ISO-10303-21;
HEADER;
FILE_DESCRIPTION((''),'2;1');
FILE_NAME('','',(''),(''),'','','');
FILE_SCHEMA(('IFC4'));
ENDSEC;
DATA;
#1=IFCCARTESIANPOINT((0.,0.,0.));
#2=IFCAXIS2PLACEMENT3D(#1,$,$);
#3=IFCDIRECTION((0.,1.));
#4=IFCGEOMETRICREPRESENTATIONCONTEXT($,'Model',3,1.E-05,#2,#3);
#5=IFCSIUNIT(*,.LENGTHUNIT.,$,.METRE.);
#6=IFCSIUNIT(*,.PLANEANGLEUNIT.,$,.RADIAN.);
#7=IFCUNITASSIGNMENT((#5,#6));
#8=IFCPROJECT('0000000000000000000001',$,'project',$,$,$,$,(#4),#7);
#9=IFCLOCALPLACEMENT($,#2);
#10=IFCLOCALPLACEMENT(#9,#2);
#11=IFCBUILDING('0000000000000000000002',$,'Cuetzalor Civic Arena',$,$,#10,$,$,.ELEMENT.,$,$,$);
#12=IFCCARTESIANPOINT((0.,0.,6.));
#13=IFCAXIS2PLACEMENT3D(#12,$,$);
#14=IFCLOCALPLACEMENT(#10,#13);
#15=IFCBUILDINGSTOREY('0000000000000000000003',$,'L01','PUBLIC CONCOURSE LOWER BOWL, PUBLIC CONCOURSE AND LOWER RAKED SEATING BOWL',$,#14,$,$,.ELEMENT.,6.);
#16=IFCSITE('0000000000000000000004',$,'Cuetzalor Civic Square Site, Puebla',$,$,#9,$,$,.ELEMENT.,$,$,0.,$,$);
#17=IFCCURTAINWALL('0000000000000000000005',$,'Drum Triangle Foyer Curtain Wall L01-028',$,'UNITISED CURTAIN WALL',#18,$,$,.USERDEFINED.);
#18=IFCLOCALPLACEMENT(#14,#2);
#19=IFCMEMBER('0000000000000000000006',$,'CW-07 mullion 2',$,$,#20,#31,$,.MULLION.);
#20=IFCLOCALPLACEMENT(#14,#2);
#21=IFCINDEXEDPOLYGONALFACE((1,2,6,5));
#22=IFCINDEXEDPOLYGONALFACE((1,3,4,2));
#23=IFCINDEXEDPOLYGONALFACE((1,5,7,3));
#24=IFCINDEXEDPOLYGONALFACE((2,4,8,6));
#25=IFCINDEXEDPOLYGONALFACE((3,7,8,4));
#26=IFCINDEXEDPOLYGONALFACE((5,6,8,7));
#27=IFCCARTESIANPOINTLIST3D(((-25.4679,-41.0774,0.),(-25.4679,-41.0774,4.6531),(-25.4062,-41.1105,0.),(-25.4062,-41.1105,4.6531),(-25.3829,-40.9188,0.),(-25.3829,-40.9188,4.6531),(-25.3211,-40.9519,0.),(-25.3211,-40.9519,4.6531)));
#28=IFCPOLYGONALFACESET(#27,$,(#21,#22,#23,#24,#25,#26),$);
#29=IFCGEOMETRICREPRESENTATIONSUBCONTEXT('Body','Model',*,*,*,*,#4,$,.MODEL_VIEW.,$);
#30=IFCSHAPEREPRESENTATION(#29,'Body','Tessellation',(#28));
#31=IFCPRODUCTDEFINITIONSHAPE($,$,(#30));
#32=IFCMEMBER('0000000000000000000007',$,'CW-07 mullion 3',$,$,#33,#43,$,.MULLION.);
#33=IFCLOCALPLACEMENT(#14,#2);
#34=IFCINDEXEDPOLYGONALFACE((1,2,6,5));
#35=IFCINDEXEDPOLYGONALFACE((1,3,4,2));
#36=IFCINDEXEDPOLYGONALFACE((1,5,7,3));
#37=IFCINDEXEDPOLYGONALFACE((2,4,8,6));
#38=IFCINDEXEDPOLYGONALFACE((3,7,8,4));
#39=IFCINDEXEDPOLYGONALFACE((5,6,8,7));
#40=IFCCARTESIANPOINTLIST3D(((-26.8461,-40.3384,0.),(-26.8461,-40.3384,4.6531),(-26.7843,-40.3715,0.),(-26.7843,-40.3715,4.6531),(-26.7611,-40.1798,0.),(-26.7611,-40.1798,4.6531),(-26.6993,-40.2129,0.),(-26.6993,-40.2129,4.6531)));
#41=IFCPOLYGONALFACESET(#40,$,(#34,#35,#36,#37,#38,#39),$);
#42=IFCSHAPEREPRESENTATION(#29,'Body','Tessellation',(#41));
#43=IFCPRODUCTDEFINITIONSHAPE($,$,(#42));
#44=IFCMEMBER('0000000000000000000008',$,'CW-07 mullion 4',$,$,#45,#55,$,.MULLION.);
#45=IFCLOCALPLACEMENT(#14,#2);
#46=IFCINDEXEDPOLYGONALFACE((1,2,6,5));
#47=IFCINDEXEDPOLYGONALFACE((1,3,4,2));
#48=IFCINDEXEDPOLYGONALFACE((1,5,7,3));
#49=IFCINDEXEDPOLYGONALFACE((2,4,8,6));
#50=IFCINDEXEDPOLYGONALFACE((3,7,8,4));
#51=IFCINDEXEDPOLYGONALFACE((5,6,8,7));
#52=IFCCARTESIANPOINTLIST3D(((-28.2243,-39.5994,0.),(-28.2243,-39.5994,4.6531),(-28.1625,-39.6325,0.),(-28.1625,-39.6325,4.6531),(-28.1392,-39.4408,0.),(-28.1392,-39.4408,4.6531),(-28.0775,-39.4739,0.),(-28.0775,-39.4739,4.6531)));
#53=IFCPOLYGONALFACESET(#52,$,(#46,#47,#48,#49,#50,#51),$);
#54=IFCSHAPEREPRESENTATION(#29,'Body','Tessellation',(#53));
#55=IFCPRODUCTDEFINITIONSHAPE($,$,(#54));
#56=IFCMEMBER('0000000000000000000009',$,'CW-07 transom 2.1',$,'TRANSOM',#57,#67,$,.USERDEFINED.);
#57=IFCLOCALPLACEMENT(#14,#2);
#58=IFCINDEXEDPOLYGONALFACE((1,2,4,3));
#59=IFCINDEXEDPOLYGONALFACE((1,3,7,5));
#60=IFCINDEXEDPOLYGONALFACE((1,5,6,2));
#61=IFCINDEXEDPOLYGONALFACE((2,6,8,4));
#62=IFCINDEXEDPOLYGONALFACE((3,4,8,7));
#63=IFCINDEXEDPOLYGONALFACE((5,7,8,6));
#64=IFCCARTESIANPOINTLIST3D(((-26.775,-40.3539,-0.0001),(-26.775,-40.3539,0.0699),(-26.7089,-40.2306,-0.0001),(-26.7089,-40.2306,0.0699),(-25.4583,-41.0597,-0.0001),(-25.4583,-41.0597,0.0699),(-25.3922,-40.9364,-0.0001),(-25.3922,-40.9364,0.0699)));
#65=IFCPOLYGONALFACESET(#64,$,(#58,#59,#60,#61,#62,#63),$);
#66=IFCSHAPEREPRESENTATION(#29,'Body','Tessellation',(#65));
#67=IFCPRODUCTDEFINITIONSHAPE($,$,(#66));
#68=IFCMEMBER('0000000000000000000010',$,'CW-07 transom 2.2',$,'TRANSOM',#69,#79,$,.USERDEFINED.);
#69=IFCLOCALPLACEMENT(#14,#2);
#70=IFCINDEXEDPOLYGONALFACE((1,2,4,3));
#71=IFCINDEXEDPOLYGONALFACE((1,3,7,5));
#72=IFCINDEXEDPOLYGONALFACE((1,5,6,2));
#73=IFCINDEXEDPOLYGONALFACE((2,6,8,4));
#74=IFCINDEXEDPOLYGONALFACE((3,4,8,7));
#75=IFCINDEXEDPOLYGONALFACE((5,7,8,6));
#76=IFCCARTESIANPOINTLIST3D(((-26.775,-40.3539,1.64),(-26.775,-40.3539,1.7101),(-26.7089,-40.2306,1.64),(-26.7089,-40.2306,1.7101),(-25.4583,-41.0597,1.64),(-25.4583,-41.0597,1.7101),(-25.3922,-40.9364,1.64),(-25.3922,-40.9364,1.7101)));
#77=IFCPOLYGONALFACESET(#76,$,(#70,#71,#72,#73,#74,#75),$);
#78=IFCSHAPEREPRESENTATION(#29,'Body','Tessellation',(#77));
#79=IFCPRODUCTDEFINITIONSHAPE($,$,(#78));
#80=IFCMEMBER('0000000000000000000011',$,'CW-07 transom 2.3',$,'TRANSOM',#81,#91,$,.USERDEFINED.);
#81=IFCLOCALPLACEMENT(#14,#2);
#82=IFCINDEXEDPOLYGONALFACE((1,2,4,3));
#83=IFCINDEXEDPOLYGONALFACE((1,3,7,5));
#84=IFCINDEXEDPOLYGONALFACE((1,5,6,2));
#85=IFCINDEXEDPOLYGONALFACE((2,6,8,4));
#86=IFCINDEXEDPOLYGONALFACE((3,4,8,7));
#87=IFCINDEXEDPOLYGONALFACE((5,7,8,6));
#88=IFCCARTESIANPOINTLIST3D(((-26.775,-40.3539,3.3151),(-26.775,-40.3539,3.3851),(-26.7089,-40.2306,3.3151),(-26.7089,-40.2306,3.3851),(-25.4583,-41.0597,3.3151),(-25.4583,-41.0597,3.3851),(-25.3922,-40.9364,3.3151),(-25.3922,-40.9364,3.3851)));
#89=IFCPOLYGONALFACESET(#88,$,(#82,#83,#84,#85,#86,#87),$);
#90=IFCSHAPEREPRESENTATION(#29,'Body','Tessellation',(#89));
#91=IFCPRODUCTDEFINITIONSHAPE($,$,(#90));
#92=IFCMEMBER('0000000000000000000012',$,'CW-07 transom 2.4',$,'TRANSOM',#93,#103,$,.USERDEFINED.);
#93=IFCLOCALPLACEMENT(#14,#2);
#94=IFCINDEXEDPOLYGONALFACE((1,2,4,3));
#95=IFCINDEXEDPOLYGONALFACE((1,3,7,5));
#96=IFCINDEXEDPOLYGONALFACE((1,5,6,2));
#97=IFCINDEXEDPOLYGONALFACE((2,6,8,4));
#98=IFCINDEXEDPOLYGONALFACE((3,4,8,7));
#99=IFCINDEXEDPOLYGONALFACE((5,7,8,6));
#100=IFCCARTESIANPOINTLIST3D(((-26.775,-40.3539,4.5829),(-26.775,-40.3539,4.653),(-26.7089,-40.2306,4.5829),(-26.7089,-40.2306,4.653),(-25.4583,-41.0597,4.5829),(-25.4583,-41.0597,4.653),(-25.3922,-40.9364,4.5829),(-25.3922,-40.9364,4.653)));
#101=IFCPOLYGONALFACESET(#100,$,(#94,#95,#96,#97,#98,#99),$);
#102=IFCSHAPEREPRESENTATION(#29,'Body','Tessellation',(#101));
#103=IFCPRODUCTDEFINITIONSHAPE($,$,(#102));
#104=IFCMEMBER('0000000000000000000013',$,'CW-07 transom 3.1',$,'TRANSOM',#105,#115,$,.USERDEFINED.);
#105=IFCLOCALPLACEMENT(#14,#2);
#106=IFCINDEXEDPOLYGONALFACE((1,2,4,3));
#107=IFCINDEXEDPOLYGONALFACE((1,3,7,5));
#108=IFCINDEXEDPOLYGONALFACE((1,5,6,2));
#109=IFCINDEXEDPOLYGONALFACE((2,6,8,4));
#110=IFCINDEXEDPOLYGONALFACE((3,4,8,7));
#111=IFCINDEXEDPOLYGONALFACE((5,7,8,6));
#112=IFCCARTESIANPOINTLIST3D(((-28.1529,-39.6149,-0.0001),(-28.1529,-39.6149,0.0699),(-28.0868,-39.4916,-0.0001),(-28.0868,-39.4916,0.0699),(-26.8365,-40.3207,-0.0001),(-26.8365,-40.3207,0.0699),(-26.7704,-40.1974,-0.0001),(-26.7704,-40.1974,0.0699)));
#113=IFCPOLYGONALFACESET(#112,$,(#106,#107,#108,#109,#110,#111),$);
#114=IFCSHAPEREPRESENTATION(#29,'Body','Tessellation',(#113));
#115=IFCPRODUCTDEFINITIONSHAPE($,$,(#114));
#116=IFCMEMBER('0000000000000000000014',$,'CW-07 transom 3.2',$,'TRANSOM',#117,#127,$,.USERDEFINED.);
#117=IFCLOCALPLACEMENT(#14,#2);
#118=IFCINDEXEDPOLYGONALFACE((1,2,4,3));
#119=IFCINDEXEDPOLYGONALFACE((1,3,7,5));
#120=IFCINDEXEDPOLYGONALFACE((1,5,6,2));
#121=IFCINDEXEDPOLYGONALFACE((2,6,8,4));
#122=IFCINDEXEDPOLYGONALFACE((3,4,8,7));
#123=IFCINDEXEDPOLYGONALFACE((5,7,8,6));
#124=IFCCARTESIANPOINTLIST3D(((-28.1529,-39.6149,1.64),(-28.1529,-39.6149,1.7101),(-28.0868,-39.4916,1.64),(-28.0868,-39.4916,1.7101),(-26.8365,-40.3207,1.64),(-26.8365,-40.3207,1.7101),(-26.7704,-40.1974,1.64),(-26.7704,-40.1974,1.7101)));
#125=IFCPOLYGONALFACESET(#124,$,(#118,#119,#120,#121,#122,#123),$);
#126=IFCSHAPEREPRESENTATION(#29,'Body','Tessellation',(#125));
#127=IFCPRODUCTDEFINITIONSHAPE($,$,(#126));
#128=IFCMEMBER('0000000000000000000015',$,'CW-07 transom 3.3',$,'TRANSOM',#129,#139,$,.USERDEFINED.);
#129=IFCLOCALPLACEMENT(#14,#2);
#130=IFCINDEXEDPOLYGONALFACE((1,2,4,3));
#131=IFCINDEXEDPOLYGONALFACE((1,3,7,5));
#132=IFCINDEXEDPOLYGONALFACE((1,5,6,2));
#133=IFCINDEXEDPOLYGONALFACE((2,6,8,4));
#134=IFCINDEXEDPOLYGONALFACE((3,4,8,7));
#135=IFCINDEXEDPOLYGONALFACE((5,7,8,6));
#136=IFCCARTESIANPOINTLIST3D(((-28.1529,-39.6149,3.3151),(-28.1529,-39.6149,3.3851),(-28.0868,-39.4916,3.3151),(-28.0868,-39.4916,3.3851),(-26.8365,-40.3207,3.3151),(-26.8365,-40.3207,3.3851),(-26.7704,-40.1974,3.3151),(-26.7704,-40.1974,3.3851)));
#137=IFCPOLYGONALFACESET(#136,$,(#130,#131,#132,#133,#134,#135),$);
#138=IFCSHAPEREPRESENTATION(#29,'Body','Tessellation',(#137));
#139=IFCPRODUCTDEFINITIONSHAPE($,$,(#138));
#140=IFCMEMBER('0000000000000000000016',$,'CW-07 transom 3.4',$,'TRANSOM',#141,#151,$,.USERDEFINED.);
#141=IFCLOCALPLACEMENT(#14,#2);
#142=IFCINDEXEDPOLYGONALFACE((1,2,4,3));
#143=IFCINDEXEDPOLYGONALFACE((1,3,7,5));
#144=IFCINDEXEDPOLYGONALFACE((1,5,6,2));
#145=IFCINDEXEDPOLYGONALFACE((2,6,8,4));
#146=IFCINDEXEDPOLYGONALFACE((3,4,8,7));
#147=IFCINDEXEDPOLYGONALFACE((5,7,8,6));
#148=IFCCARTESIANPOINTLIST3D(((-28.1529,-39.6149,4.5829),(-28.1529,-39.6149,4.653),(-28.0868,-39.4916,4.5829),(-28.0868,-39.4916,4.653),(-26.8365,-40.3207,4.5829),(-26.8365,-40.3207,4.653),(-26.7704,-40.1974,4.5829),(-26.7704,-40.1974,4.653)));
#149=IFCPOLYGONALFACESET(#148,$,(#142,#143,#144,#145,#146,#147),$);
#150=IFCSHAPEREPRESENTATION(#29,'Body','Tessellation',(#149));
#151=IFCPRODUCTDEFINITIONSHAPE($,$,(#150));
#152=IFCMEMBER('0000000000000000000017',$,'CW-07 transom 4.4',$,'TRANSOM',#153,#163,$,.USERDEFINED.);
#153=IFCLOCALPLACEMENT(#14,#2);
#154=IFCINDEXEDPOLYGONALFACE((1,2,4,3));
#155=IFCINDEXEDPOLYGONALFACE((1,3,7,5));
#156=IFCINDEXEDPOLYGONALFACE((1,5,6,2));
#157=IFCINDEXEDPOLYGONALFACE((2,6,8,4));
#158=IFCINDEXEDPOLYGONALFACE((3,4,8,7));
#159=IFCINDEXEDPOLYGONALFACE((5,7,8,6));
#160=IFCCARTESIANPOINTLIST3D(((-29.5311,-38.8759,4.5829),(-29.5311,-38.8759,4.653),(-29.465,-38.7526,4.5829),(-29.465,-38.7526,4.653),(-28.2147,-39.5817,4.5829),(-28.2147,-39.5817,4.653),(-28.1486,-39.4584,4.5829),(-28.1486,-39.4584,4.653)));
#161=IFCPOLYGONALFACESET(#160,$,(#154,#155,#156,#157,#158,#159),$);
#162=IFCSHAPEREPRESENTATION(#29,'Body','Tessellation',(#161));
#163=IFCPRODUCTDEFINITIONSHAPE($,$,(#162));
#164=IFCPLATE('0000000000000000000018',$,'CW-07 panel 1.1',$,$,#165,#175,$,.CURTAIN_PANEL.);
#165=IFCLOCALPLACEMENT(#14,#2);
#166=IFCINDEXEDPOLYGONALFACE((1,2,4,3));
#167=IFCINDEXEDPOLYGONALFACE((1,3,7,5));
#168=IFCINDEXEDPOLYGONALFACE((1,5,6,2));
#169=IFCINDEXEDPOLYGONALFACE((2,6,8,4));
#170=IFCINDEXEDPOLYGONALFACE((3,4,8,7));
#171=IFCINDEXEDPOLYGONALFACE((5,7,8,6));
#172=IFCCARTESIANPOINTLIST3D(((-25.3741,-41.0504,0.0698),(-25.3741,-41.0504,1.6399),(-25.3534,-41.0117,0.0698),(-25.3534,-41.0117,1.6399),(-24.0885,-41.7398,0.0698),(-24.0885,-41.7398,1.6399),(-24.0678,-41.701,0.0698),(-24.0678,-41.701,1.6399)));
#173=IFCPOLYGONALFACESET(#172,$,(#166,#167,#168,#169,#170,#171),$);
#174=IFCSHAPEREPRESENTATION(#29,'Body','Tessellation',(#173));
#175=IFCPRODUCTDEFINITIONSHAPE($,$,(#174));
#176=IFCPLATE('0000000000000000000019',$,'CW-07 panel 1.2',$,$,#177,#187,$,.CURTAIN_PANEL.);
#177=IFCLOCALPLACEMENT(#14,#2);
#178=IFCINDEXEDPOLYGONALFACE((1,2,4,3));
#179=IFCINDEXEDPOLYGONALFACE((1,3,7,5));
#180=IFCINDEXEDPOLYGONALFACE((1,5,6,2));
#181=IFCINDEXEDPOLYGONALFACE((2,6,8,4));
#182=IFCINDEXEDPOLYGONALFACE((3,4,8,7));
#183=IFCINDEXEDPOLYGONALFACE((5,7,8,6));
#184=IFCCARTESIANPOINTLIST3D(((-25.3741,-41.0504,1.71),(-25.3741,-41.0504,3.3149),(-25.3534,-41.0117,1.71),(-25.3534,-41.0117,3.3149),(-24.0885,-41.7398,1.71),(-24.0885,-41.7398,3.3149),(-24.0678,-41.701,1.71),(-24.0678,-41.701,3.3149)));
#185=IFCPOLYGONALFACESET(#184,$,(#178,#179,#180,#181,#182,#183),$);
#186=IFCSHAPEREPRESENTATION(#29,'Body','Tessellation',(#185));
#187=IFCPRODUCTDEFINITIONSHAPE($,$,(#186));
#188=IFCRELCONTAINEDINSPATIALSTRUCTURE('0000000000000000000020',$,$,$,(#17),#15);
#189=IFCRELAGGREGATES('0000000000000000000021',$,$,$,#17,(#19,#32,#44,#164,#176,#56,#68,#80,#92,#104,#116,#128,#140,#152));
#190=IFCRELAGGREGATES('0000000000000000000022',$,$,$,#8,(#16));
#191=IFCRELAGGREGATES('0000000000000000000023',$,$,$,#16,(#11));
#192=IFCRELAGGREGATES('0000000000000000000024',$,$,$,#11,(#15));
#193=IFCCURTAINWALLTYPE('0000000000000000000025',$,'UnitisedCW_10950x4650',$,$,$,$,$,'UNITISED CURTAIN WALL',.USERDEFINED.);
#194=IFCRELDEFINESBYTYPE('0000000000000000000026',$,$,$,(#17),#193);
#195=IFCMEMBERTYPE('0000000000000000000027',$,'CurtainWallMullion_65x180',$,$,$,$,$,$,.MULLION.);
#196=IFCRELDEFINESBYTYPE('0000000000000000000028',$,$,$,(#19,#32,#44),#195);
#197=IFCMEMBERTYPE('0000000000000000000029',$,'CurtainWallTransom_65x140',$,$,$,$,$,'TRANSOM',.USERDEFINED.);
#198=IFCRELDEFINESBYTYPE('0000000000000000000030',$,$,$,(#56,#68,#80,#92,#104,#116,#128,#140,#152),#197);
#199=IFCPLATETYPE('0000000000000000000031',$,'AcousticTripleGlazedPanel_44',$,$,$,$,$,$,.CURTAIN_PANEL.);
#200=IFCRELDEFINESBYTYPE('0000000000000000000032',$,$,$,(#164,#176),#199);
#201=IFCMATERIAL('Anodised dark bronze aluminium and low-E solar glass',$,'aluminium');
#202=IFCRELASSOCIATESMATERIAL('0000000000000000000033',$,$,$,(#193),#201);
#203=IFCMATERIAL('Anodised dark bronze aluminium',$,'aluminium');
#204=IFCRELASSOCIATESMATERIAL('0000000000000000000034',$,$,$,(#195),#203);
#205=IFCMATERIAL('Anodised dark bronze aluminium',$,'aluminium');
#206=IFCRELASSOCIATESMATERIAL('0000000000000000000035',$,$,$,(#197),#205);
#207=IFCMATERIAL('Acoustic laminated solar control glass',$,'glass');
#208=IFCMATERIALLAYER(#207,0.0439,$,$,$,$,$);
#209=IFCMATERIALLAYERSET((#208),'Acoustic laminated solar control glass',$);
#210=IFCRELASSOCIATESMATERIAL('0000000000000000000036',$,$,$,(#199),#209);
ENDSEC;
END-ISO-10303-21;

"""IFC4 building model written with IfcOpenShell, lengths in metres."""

from ifc_helpers import new_model, si_unit, direction, frame, origin, origin_2d, place, context, subcontext, project, spatial, rectangle, extrude, material, layer, layer_set, material_profile, profile_set, type_object, element, aggregate, save


model = new_model("IFC4")

# Units and contexts
model_context = context("Model", 3, precision=1e-05, world=origin(), true_north=direction((0.0, 1.0)))
body_context = subcontext(model_context, "Body", "Model", "MODEL_VIEW")
ifc_project = project(units=[si_unit("LENGTHUNIT", "METRE"), si_unit("PLANEANGLEUNIT", "RADIAN")], contexts=[model_context])

# Site, building, storey
site_placement = place(None, origin())
site = spatial("IfcSite", under=ifc_project, at=site_placement, Name="Cuetzalor Civic Square Site, Puebla", CompositionType="ELEMENT", RefElevation=0.0)
building_placement = place(site_placement, origin())
building = spatial("IfcBuilding", under=site, at=building_placement, Name="Cuetzalor Civic Arena", CompositionType="ELEMENT")
storey_placement = place(building_placement, frame((0.0, 0.0, 6.0)))
storey = spatial("IfcBuildingStorey", under=building, at=storey_placement, Name="L01", Description="PUBLIC CONCOURSE LOWER BOWL, PUBLIC CONCOURSE AND LOWER RAKED SEATING BOWL", CompositionType="ELEMENT", Elevation=6.0)

# Curtain wall, members, plates
ifc_material_1 = material(Name="Anodised dark bronze aluminium and low-E solar glass", Category="aluminium")
curtain_wall_type = type_object("IfcCurtainWallType", Name="UnitisedCW_10950x4650", ElementType="UNITISED CURTAIN WALL", PredefinedType="USERDEFINED", material=ifc_material_1)
curtain_wall_placement = place(storey_placement, origin())
curtain_wall = element("IfcCurtainWall", 1, at=curtain_wall_placement, inside=storey, type_object=curtain_wall_type, Name="Drum Triangle Foyer Curtain Wall L01-028", ObjectType="UNITISED CURTAIN WALL", PredefinedType="USERDEFINED")
ifc_material_2 = material(Name="Anodised dark bronze aluminium", Category="aluminium")
ifc_material_profile_1 = material_profile(ifc_material_2, rectangle(XDim=0.0701, YDim=0.1799, at=origin_2d()), Name="ALU MULLION 70x180")
ifc_profile_set_1 = profile_set([ifc_material_profile_1], Name="Anodised dark bronze aluminium")
member_type_1 = type_object("IfcMemberType", Name="CurtainWallMullion_65x180", PredefinedType="MULLION", material=ifc_profile_set_1)
member_1_placement = place(storey_placement, frame((-25.3945, -41.0146, 0.0), z_axis=(0.0, 0.0, 1.0), x_axis=(-0.881306, 0.472545, 0.0)))
member_1 = element("IfcMember", 2, at=member_1_placement, type_object=member_type_1, Name="CW-07 mullion 2", PredefinedType="MULLION", context=body_context, shape_type="SweptSolid", body=[
    extrude(rectangle(XDim=0.0701, YDim=0.1799, at=origin_2d()), origin(), (0.0, 0.0, 1.0), 4.6531),
])
member_2_placement = place(storey_placement, frame((-26.7727, -40.2756, 0.0), z_axis=(0.0, 0.0, 1.0), x_axis=(-0.881306, 0.472545, 0.0)))
member_2 = element("IfcMember", 3, at=member_2_placement, type_object=member_type_1, Name="CW-07 mullion 3", PredefinedType="MULLION", context=body_context, shape_type="SweptSolid", body=[
    extrude(rectangle(XDim=0.0701, YDim=0.1799, at=origin_2d()), origin(), (0.0, 0.0, 1.0), 4.6531),
])
member_3_placement = place(storey_placement, frame((-28.1509, -39.5366, 0.0), z_axis=(0.0, 0.0, 1.0), x_axis=(-0.881306, 0.472545, 0.0)))
member_3 = element("IfcMember", 4, at=member_3_placement, type_object=member_type_1, Name="CW-07 mullion 4", PredefinedType="MULLION", context=body_context, shape_type="SweptSolid", body=[
    extrude(rectangle(XDim=0.0701, YDim=0.1799, at=origin_2d()), origin(), (0.0, 0.0, 1.0), 4.6531),
])
ifc_material_3 = material(Name="Anodised dark bronze aluminium", Category="aluminium")
ifc_material_profile_2 = material_profile(ifc_material_3, rectangle(XDim=0.1399, YDim=0.0701, at=origin_2d()), Name="ALU TRANSOM 70x140")
ifc_profile_set_2 = profile_set([ifc_material_profile_2], Name="Anodised dark bronze aluminium")
member_type_2 = type_object("IfcMemberType", Name="CurtainWallTransom_65x140", ElementType="TRANSOM", PredefinedType="USERDEFINED", material=ifc_profile_set_2)
member_4_placement = place(storey_placement, frame((-25.4253, -40.998, 0.0349), z_axis=(-0.881351, 0.472462, 0.0), x_axis=(-0.472462, -0.881351, 0.0)))
member_4 = element("IfcMember", 5, at=member_4_placement, type_object=member_type_2, Name="CW-07 transom 2.1", ObjectType="TRANSOM", PredefinedType="USERDEFINED", context=body_context, shape_type="SweptSolid", body=[
    extrude(rectangle(XDim=0.1399, YDim=0.0701, at=origin_2d()), origin(), (0.0, 0.0, 1.0), 1.4939),
])
member_5_placement = place(storey_placement, frame((-25.4253, -40.998, 1.675), z_axis=(-0.881351, 0.472462, 0.0), x_axis=(-0.472462, -0.881351, 0.0)))
member_5 = element("IfcMember", 6, at=member_5_placement, type_object=member_type_2, Name="CW-07 transom 2.2", ObjectType="TRANSOM", PredefinedType="USERDEFINED", context=body_context, shape_type="SweptSolid", body=[
    extrude(rectangle(XDim=0.1399, YDim=0.0701, at=origin_2d()), origin(), (0.0, 0.0, 1.0), 1.4939),
])
member_6_placement = place(storey_placement, frame((-25.4253, -40.998, 3.3501), z_axis=(-0.881351, 0.472462, 0.0), x_axis=(-0.472462, -0.881351, 0.0)))
member_6 = element("IfcMember", 7, at=member_6_placement, type_object=member_type_2, Name="CW-07 transom 2.3", ObjectType="TRANSOM", PredefinedType="USERDEFINED", context=body_context, shape_type="SweptSolid", body=[
    extrude(rectangle(XDim=0.1399, YDim=0.0701, at=origin_2d()), origin(), (0.0, 0.0, 1.0), 1.4939),
])
member_7_placement = place(storey_placement, frame((-25.4253, -40.998, 4.6179), z_axis=(-0.881351, 0.472462, 0.0), x_axis=(-0.472462, -0.881351, 0.0)))
member_7 = element("IfcMember", 8, at=member_7_placement, type_object=member_type_2, Name="CW-07 transom 2.4", ObjectType="TRANSOM", PredefinedType="USERDEFINED", context=body_context, shape_type="SweptSolid", body=[
    extrude(rectangle(XDim=0.1399, YDim=0.0701, at=origin_2d()), origin(), (0.0, 0.0, 1.0), 1.4939),
])
member_8_placement = place(storey_placement, frame((-26.8035, -40.259, 0.0349), z_axis=(-0.881315, 0.47253, 0.0), x_axis=(-0.47253, -0.881315, 0.0)))
member_8 = element("IfcMember", 9, at=member_8_placement, type_object=member_type_2, Name="CW-07 transom 3.1", ObjectType="TRANSOM", PredefinedType="USERDEFINED", context=body_context, shape_type="SweptSolid", body=[
    extrude(rectangle(XDim=0.1399, YDim=0.0701, at=origin_2d()), origin(), (0.0, 0.0, 1.0), 1.4937),
])
member_9_placement = place(storey_placement, frame((-26.8035, -40.259, 1.675), z_axis=(-0.881315, 0.47253, 0.0), x_axis=(-0.47253, -0.881315, 0.0)))
member_9 = element("IfcMember", 10, at=member_9_placement, type_object=member_type_2, Name="CW-07 transom 3.2", ObjectType="TRANSOM", PredefinedType="USERDEFINED", context=body_context, shape_type="SweptSolid", body=[
    extrude(rectangle(XDim=0.1399, YDim=0.0701, at=origin_2d()), origin(), (0.0, 0.0, 1.0), 1.4937),
])
member_10_placement = place(storey_placement, frame((-26.8035, -40.259, 3.3501), z_axis=(-0.881315, 0.47253, 0.0), x_axis=(-0.47253, -0.881315, 0.0)))
member_10 = element("IfcMember", 11, at=member_10_placement, type_object=member_type_2, Name="CW-07 transom 3.3", ObjectType="TRANSOM", PredefinedType="USERDEFINED", context=body_context, shape_type="SweptSolid", body=[
    extrude(rectangle(XDim=0.1399, YDim=0.0701, at=origin_2d()), origin(), (0.0, 0.0, 1.0), 1.4937),
])
member_11_placement = place(storey_placement, frame((-26.8035, -40.259, 4.6179), z_axis=(-0.881315, 0.47253, 0.0), x_axis=(-0.47253, -0.881315, 0.0)))
member_11 = element("IfcMember", 12, at=member_11_placement, type_object=member_type_2, Name="CW-07 transom 3.4", ObjectType="TRANSOM", PredefinedType="USERDEFINED", context=body_context, shape_type="SweptSolid", body=[
    extrude(rectangle(XDim=0.1399, YDim=0.0701, at=origin_2d()), origin(), (0.0, 0.0, 1.0), 1.4937),
])
member_12_placement = place(storey_placement, frame((-28.1816, -39.52, 4.6179), z_axis=(-0.881315, 0.47253, 0.0), x_axis=(-0.47253, -0.881315, 0.0)))
member_12 = element("IfcMember", 13, at=member_12_placement, type_object=member_type_2, Name="CW-07 transom 4.4", ObjectType="TRANSOM", PredefinedType="USERDEFINED", context=body_context, shape_type="SweptSolid", body=[
    extrude(rectangle(XDim=0.1399, YDim=0.0701, at=origin_2d()), origin(), (0.0, 0.0, 1.0), 1.4937),
])
ifc_material_4 = material(Name="Acoustic laminated solar control glass", Category="glass")
ifc_layer_1 = layer(ifc_material_4, 0.0439)
ifc_layer_set_1 = layer_set([ifc_layer_1], Name="Acoustic laminated solar control glass")
plate_type = type_object("IfcPlateType", Name="AcousticTripleGlazedPanel_44", PredefinedType="CURTAIN_PANEL", material=ifc_layer_set_1)
plate_1_placement = place(storey_placement, frame((-24.7209, -41.3757, 0.0698), z_axis=(0.0, 0.0, 1.0), x_axis=(-0.881306, 0.472545, 0.0)))
plate_1 = element("IfcPlate", 14, at=plate_1_placement, type_object=plate_type, Name="CW-07 panel 1.1", PredefinedType="CURTAIN_PANEL", context=body_context, shape_type="SweptSolid", body=[
    extrude(rectangle(XDim=1.4587, YDim=0.0439, at=origin_2d()), origin(), (0.0, 0.0, 1.0), 1.5701),
])
plate_2_placement = place(storey_placement, frame((-24.7209, -41.3757, 1.71), z_axis=(0.0, 0.0, 1.0), x_axis=(-0.881306, 0.472545, 0.0)))
plate_2 = element("IfcPlate", 15, at=plate_2_placement, type_object=plate_type, Name="CW-07 panel 1.2", PredefinedType="CURTAIN_PANEL", context=body_context, shape_type="SweptSolid", body=[
    extrude(rectangle(XDim=1.4587, YDim=0.0439, at=origin_2d()), origin(), (0.0, 0.0, 1.0), 1.605),
])
aggregate(curtain_wall, [member_1, member_2, member_3, plate_1, plate_2, member_4, member_5, member_6, member_7, member_8, member_9, member_10, member_11, member_12])

save(model, "model.ifc")
